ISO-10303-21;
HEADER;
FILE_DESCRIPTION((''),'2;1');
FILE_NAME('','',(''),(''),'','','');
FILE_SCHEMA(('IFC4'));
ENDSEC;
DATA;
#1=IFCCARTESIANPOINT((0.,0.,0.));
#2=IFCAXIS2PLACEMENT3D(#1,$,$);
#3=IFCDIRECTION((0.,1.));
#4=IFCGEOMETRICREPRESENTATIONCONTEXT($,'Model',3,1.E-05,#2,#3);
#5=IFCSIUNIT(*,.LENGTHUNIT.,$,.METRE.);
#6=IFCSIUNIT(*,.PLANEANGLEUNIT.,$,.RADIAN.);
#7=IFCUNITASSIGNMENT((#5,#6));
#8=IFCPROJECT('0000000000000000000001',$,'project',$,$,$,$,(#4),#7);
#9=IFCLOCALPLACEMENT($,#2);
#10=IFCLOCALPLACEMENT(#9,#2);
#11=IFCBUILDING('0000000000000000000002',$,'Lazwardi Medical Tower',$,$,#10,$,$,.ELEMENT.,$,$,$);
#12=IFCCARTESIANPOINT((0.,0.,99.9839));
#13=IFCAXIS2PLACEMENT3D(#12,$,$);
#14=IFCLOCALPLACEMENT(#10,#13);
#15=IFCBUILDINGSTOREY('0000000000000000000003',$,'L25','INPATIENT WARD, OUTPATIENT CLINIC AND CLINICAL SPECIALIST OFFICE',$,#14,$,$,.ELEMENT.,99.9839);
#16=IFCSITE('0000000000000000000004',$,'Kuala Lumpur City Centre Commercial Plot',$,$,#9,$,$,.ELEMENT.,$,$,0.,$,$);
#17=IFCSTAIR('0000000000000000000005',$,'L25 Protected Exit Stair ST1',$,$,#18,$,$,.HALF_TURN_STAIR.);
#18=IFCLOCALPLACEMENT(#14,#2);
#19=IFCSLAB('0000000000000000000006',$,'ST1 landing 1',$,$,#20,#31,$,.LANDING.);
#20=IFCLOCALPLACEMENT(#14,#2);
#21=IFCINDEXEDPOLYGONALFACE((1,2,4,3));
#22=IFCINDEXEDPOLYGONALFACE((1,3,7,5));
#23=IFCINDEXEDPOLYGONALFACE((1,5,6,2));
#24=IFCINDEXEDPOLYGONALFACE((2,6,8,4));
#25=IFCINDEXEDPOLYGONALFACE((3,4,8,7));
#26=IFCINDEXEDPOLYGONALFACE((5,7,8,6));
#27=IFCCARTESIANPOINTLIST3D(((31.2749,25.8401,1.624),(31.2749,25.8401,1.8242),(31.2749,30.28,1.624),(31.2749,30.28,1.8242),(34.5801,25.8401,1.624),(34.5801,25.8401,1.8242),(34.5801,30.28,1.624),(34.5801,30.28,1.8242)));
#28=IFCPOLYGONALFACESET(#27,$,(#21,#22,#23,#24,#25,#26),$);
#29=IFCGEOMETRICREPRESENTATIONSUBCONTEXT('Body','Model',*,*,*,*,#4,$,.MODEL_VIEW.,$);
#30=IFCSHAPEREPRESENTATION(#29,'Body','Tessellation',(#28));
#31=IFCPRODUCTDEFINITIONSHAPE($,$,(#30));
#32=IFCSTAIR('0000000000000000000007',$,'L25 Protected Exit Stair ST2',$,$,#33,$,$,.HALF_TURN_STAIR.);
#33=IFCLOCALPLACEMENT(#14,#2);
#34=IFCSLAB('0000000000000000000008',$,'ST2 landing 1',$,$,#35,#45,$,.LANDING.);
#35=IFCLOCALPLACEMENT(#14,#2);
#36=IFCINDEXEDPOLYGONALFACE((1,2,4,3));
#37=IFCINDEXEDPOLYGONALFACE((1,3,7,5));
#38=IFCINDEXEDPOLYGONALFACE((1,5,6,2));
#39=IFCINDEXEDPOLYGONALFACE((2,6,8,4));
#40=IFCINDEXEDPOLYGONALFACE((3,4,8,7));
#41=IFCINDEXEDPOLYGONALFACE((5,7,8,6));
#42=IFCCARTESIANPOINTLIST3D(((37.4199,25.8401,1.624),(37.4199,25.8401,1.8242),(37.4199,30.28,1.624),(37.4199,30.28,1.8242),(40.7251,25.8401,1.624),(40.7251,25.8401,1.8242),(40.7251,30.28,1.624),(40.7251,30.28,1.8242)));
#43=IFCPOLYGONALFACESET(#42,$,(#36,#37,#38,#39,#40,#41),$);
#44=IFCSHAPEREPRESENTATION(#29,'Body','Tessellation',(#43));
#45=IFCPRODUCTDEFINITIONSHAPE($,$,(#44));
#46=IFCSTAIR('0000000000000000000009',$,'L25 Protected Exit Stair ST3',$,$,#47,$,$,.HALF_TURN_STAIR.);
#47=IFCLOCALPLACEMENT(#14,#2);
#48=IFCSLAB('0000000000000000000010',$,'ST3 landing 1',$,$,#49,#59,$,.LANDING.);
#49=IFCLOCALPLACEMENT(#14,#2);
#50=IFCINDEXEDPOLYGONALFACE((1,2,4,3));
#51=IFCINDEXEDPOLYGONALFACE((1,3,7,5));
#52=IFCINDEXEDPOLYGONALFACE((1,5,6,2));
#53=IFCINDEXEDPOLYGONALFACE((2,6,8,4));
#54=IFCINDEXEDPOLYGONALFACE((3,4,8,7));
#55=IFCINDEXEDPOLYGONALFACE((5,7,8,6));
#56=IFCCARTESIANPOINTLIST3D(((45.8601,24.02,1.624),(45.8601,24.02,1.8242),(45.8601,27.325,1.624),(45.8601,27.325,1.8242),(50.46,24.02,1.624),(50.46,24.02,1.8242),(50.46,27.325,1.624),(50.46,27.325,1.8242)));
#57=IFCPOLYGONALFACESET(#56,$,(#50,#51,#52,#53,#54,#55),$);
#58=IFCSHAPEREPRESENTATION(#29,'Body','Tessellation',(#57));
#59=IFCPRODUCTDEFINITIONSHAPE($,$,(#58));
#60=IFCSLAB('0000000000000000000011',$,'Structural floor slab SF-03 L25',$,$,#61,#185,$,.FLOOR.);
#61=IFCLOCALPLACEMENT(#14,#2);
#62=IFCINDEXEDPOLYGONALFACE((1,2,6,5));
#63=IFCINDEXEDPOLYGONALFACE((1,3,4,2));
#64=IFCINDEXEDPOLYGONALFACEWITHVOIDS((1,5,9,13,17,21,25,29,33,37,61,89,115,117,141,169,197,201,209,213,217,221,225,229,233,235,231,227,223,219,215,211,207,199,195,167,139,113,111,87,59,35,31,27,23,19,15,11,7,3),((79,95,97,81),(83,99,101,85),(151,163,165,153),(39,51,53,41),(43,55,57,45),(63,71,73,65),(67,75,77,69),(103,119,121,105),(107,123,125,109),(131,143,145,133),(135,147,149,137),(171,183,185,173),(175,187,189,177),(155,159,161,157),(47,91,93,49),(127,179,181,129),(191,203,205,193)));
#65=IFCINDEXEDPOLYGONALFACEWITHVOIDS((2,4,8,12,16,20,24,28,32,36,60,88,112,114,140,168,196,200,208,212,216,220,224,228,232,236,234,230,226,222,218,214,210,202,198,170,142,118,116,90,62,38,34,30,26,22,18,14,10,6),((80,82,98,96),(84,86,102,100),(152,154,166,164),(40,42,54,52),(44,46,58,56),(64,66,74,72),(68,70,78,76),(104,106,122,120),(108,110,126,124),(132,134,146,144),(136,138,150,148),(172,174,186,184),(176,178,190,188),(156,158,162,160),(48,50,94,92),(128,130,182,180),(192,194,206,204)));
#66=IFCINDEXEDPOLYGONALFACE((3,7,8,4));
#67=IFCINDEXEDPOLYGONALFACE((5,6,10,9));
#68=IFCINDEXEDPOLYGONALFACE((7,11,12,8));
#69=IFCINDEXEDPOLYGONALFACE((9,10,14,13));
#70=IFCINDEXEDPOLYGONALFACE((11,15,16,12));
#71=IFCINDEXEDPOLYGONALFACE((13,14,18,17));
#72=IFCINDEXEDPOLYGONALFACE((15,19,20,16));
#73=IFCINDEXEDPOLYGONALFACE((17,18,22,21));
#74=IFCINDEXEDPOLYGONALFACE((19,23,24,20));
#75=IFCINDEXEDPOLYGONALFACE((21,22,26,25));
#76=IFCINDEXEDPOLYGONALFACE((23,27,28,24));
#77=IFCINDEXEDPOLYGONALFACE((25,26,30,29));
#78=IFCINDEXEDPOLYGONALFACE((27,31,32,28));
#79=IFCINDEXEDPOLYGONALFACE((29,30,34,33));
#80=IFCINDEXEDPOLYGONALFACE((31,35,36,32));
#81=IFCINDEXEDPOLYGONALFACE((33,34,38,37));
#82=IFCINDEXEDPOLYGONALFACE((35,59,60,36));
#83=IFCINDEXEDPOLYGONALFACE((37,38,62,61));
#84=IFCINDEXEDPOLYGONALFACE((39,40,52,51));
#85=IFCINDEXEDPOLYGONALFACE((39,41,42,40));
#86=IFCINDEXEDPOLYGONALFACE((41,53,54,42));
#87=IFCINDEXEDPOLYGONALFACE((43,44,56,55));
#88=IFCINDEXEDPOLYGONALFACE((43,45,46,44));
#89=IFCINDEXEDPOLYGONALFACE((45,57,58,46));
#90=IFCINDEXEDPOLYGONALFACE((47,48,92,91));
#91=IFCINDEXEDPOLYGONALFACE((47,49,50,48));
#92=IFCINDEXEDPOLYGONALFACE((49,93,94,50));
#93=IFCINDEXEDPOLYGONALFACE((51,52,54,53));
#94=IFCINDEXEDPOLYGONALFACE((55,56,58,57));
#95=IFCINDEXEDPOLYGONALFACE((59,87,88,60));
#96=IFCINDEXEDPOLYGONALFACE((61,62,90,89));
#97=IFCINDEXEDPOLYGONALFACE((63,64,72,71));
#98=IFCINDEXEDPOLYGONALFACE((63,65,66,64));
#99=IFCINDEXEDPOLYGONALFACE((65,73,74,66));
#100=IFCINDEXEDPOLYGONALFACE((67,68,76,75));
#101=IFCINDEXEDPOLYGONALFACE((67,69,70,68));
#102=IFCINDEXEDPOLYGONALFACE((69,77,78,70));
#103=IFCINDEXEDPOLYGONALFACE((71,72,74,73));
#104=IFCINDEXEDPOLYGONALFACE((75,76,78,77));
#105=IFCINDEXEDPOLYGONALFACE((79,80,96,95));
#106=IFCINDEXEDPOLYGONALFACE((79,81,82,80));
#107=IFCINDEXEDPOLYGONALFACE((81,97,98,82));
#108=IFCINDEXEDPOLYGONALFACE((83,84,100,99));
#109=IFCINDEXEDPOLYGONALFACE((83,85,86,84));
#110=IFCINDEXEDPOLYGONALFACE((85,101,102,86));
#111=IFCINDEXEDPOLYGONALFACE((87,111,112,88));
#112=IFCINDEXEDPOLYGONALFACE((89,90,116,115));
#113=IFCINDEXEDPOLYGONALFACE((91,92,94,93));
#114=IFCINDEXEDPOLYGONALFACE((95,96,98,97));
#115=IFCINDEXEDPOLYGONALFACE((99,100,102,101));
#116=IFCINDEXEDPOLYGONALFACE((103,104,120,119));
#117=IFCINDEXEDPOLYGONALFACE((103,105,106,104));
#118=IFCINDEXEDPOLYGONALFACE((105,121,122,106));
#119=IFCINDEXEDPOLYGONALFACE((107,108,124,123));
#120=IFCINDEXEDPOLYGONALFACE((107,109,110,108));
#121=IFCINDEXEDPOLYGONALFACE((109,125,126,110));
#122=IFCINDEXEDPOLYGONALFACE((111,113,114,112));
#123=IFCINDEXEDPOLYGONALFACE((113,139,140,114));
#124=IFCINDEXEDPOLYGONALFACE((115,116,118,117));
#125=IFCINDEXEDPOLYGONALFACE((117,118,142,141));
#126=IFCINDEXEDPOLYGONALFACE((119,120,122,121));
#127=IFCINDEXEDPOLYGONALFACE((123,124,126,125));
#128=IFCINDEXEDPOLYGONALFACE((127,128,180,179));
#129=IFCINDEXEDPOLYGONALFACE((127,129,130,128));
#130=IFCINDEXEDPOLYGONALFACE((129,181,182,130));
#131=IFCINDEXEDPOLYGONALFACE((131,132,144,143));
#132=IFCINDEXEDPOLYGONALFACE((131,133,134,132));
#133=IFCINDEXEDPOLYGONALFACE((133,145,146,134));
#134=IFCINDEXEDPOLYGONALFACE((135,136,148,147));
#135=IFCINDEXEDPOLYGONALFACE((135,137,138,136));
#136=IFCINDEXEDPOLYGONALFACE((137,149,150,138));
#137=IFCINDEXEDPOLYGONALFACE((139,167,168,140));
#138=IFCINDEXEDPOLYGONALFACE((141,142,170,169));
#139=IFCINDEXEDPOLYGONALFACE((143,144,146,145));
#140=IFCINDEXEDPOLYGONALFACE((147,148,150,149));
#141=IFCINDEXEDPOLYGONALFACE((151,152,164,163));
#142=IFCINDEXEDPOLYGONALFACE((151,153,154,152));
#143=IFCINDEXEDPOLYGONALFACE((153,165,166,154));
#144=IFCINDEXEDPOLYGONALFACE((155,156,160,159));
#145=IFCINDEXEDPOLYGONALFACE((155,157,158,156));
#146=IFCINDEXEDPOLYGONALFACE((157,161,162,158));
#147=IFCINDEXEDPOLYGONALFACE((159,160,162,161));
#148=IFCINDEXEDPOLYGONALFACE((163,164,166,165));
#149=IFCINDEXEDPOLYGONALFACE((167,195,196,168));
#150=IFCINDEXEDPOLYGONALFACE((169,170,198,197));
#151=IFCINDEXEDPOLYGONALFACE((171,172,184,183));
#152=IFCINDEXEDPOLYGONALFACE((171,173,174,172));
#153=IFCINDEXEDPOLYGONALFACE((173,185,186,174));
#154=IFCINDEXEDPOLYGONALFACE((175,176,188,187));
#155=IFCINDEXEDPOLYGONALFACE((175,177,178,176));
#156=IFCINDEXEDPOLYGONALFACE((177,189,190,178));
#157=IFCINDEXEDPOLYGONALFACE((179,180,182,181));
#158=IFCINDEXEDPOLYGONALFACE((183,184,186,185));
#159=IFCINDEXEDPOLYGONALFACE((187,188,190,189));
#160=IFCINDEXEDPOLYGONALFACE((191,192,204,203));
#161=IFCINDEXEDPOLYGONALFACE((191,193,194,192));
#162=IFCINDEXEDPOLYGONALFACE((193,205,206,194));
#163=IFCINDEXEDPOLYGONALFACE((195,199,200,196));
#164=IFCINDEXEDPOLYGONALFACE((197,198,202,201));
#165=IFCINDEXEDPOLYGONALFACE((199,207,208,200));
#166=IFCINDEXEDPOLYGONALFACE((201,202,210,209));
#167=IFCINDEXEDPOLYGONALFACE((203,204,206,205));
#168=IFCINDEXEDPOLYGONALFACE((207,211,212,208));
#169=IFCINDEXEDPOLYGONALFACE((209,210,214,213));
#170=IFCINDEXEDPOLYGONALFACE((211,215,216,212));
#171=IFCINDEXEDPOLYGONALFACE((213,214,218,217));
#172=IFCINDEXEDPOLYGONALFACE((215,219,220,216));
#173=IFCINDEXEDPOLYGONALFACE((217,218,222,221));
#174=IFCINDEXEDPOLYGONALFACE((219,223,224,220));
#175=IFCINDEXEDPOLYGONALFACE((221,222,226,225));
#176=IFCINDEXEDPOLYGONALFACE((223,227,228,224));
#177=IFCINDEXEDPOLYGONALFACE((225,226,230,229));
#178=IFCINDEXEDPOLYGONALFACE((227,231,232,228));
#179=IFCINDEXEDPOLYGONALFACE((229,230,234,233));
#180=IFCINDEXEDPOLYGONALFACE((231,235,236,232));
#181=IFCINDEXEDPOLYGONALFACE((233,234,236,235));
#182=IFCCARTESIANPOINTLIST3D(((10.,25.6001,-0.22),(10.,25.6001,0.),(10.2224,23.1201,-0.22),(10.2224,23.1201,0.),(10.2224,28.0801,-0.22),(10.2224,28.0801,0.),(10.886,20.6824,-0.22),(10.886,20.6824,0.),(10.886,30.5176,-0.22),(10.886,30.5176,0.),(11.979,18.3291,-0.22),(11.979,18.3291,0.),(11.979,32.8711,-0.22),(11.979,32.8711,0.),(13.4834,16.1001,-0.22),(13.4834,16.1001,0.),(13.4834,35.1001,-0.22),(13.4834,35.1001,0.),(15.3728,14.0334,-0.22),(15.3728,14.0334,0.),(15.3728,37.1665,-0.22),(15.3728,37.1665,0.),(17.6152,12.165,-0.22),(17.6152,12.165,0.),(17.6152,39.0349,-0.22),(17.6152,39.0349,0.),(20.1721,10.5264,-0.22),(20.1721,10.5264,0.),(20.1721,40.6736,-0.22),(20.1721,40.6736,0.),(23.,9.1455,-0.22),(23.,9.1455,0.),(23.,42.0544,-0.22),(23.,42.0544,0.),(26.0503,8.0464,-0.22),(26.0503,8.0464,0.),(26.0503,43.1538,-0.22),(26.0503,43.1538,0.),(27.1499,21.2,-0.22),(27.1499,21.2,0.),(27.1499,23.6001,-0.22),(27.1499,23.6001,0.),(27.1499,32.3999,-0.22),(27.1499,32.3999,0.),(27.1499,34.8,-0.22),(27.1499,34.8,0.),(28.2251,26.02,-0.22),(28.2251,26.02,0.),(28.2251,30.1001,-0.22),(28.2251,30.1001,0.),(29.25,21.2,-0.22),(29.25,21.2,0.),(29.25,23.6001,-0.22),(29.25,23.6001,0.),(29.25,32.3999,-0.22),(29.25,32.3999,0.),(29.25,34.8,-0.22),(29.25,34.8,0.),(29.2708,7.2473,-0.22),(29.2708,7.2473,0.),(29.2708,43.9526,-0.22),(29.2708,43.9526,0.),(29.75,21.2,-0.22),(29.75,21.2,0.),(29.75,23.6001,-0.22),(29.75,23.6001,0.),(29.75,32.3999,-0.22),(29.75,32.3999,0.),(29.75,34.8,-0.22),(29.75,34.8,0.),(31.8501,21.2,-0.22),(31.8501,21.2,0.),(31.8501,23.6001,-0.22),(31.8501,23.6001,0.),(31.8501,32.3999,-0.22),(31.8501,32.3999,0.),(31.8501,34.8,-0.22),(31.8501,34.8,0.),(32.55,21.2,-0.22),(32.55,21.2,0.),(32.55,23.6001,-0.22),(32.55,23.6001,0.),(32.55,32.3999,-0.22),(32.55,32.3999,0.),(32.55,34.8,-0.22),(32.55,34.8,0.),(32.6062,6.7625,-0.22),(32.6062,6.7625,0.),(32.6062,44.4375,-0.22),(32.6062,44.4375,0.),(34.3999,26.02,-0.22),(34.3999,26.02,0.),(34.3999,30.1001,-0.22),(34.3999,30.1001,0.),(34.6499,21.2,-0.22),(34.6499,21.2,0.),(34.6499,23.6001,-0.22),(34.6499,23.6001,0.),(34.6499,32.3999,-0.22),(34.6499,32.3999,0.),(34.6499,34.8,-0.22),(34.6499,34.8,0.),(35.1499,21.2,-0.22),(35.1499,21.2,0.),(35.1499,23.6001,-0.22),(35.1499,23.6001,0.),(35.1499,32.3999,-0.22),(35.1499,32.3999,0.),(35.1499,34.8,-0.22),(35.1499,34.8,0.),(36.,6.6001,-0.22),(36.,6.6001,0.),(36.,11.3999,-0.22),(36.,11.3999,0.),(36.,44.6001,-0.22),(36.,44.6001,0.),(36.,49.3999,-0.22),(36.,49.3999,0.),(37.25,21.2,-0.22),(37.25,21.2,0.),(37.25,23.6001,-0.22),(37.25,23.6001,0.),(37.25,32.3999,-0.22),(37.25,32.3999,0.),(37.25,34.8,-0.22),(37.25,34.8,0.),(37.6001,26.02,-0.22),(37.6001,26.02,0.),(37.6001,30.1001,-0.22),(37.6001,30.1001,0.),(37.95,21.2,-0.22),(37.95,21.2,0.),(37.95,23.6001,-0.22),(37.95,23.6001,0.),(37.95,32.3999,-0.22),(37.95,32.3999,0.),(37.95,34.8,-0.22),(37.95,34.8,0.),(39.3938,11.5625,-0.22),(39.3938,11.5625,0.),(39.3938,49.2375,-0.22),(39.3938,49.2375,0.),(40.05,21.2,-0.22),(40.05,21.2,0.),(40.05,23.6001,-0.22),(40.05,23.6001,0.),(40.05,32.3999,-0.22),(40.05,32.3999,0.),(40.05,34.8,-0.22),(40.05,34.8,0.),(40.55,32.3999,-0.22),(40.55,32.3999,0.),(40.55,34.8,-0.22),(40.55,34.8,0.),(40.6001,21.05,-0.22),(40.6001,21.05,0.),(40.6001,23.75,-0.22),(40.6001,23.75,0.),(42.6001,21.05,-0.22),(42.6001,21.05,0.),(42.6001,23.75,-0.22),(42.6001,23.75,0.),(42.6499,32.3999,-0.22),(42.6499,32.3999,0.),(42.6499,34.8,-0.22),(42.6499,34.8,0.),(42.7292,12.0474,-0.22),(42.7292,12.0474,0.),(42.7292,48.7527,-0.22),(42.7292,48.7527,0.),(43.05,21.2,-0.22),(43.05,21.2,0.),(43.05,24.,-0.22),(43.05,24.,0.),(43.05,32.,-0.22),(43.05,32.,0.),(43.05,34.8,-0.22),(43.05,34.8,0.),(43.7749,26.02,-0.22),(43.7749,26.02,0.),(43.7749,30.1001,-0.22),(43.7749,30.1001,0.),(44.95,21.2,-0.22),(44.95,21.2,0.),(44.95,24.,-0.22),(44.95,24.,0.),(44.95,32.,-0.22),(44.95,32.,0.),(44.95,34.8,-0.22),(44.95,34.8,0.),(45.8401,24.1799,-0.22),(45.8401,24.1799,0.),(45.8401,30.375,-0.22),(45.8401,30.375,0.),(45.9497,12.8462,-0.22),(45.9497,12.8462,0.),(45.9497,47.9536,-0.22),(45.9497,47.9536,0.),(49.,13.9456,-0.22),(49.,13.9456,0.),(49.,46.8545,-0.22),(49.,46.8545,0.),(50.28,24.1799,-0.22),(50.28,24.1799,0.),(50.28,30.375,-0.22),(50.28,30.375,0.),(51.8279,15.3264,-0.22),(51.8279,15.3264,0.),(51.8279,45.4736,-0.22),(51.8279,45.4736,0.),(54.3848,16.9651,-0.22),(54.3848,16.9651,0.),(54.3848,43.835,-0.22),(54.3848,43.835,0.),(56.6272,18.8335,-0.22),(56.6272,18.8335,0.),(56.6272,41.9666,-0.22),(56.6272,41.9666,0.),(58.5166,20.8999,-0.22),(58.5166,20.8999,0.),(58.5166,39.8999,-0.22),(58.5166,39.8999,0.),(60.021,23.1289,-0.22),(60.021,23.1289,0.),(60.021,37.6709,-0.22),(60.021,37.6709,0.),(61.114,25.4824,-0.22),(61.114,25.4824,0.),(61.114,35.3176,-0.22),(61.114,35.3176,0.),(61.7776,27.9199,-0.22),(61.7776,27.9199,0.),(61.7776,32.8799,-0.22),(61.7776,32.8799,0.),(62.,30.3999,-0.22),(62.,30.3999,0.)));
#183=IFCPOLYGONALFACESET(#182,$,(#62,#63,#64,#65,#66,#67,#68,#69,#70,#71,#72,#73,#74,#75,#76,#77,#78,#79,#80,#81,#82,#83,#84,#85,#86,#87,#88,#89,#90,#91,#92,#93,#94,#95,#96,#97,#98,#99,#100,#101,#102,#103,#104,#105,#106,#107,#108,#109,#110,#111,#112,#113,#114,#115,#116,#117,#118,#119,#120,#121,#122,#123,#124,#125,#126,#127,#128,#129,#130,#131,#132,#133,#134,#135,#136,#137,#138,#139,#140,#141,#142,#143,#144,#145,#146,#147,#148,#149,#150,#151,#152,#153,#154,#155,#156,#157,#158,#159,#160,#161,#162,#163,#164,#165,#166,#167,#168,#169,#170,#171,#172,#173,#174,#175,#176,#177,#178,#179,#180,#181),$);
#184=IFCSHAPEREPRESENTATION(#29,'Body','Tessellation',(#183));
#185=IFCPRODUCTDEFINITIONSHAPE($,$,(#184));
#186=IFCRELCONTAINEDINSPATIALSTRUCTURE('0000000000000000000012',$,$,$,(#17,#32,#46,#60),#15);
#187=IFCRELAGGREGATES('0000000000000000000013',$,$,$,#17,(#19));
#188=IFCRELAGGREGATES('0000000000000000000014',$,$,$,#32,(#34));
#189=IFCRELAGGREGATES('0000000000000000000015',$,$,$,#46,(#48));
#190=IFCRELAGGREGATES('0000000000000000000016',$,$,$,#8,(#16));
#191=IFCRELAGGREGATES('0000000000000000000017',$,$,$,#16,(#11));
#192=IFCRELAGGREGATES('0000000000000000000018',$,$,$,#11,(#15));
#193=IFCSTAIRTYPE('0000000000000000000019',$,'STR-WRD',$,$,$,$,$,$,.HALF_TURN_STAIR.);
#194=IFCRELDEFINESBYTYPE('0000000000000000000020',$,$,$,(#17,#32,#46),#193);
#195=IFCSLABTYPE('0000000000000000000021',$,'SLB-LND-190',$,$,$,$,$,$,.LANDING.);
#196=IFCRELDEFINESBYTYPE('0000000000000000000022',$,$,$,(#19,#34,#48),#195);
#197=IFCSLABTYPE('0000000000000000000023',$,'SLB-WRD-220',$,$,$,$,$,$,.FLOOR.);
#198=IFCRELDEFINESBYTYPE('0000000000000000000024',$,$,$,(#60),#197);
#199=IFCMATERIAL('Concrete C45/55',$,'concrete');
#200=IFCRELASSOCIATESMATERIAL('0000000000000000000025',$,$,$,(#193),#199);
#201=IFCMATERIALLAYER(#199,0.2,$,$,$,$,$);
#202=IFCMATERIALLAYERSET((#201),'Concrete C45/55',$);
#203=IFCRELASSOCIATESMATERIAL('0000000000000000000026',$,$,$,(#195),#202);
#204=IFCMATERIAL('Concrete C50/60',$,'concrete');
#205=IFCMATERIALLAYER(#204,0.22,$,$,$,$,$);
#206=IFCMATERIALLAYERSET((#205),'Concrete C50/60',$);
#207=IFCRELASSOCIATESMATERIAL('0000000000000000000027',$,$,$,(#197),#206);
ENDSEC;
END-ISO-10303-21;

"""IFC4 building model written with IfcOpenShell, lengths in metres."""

from ifc_helpers import new_model, si_unit, direction, frame, origin, place, context, subcontext, project, spatial, polyline, outline, extrude, material, layer, layer_set, type_object, element, aggregate, save


model = new_model("IFC4")

# Units and contexts
model_context = context("Model", 3, precision=1e-05, world=origin(), true_north=direction((0.0, 1.0)))
body_context = subcontext(model_context, "Body", "Model", "MODEL_VIEW")
ifc_project = project(units=[si_unit("LENGTHUNIT", "METRE"), si_unit("PLANEANGLEUNIT", "RADIAN")], contexts=[model_context])

# Site, building, storey
site_placement = place(None, origin())
site = spatial("IfcSite", under=ifc_project, at=site_placement, Name="Kuala Lumpur City Centre Commercial Plot", CompositionType="ELEMENT", RefElevation=0.0)
building_placement = place(site_placement, origin())
building = spatial("IfcBuilding", under=site, at=building_placement, Name="Lazwardi Medical Tower", CompositionType="ELEMENT")
storey_placement = place(building_placement, frame((0.0, 0.0, 99.9839)))
storey = spatial("IfcBuildingStorey", under=building, at=storey_placement, Name="L25", Description="INPATIENT WARD, OUTPATIENT CLINIC AND CLINICAL SPECIALIST OFFICE", CompositionType="ELEMENT", Elevation=99.9839)

# Stairs, slabs
ifc_material_1 = material(Name="Concrete C45/55", Category="concrete")
stair_type = type_object("IfcStairType", Name="STR-WRD", PredefinedType="HALF_TURN_STAIR", material=ifc_material_1)
stair_1_placement = place(storey_placement, origin())
stair_1 = element("IfcStair", 1, at=stair_1_placement, inside=storey, type_object=stair_type, Name="L25 Protected Exit Stair ST1", PredefinedType="HALF_TURN_STAIR")
ifc_layer_1 = layer(ifc_material_1, 0.2)
ifc_layer_set_1 = layer_set([ifc_layer_1], Name="Concrete C45/55")
slab_type_1 = type_object("IfcSlabType", Name="SLB-LND-190", PredefinedType="LANDING", material=ifc_layer_set_1)
slab_1_placement = place(storey_placement, frame((0.0, 0.0, 1.624)))
slab_1 = element("IfcSlab", 2, at=slab_1_placement, type_object=slab_type_1, Name="ST1 landing 1", PredefinedType="LANDING", context=body_context, shape_type="SweptSolid", body=[
    extrude(outline(polyline([(31.2749, 25.8401), (34.5801, 25.8401), (34.5801, 30.28), (31.2749, 30.28), (31.2749, 25.8401)])), origin(), (0.0, 0.0, 1.0), 0.2002),
])
aggregate(stair_1, [slab_1])
stair_2_placement = place(storey_placement, origin())
stair_2 = element("IfcStair", 3, at=stair_2_placement, inside=storey, type_object=stair_type, Name="L25 Protected Exit Stair ST2", PredefinedType="HALF_TURN_STAIR")
slab_2_placement = place(storey_placement, frame((0.0, 0.0, 1.624)))
slab_2 = element("IfcSlab", 4, at=slab_2_placement, type_object=slab_type_1, Name="ST2 landing 1", PredefinedType="LANDING", context=body_context, shape_type="SweptSolid", body=[
    extrude(outline(polyline([(40.7251, 30.28), (37.4199, 30.28), (37.4199, 25.8401), (40.7251, 25.8401), (40.7251, 30.28)])), origin(), (0.0, 0.0, 1.0), 0.2002),
])
aggregate(stair_2, [slab_2])
stair_3_placement = place(storey_placement, origin())
stair_3 = element("IfcStair", 5, at=stair_3_placement, inside=storey, type_object=stair_type, Name="L25 Protected Exit Stair ST3", PredefinedType="HALF_TURN_STAIR")
slab_3_placement = place(storey_placement, frame((0.0, 0.0, 1.624)))
slab_3 = element("IfcSlab", 6, at=slab_3_placement, type_object=slab_type_1, Name="ST3 landing 1", PredefinedType="LANDING", context=body_context, shape_type="SweptSolid", body=[
    extrude(outline(polyline([(45.8601, 27.325), (45.8601, 24.02), (50.46, 24.02), (50.46, 27.325), (45.8601, 27.325)])), origin(), (0.0, 0.0, 1.0), 0.2002),
])
aggregate(stair_3, [slab_3])

# Slab
ifc_material_2 = material(Name="Concrete C50/60", Category="concrete")
ifc_layer_2 = layer(ifc_material_2, 0.22)
ifc_layer_set_2 = layer_set([ifc_layer_2], Name="Concrete C50/60")
slab_type_2 = type_object("IfcSlabType", Name="SLB-WRD-220", PredefinedType="FLOOR", material=ifc_layer_set_2)
slab_4_placement = place(storey_placement, frame((0.0, 0.0, -0.22)))
element("IfcSlab", 7, at=slab_4_placement, inside=storey, type_object=slab_type_2, Name="Structural floor slab SF-03 L25", PredefinedType="FLOOR", context=body_context, shape_type="SweptSolid", body=[
    extrude(outline(polyline([(11.979, 32.8711), (10.886, 30.5176), (10.2224, 28.0801), (10.0, 25.6001), (10.2224, 23.1201), (10.886, 20.6824), (11.979, 18.3291), (13.4834, 16.1001), (15.3728, 14.0334), (17.6152, 12.165), (20.1721, 10.5264), (23.0, 9.1455), (26.0503, 8.0464), (29.2708, 7.2473), (32.6062, 6.7625), (36.0, 6.6001), (36.0, 11.3999), (39.3938, 11.5625), (42.7292, 12.0474), (45.9497, 12.8462), (49.0, 13.9456), (51.8279, 15.3264), (54.3848, 16.9651), (56.6272, 18.8335), (58.5166, 20.8999), (60.021, 23.1289), (61.114, 25.4824), (61.7776, 27.9199), (62.0, 30.3999), (61.7776, 32.8799), (61.114, 35.3176), (60.021, 37.6709), (58.5166, 39.8999), (56.6272, 41.9666), (54.3848, 43.835), (51.8279, 45.4736), (49.0, 46.8545), (45.9497, 47.9536), (42.7292, 48.7527), (39.3938, 49.2375), (36.0, 49.3999), (36.0, 44.6001), (32.6062, 44.4375), (29.2708, 43.9526), (26.0503, 43.1538), (23.0, 42.0544), (20.1721, 40.6736), (17.6152, 39.0349), (15.3728, 37.1665), (13.4834, 35.1001), (11.979, 32.8711)]), holes=[polyline([(28.2251, 26.02), (28.2251, 30.1001), (34.3999, 30.1001), (34.3999, 26.02), (28.2251, 26.02)]), polyline([(37.6001, 30.1001), (43.7749, 30.1001), (43.7749, 26.02), (37.6001, 26.02), (37.6001, 30.1001)]), polyline([(50.28, 30.375), (50.28, 24.1799), (45.8401, 24.1799), (45.8401, 30.375), (50.28, 30.375)]), polyline([(29.25, 32.3999), (27.1499, 32.3999), (27.1499, 34.8), (29.25, 34.8), (29.25, 32.3999)]), polyline([(29.75, 32.3999), (29.75, 34.8), (31.8501, 34.8), (31.8501, 32.3999), (29.75, 32.3999)]), polyline([(27.1499, 23.6001), (29.25, 23.6001), (29.25, 21.2), (27.1499, 21.2), (27.1499, 23.6001)]), polyline([(31.8501, 23.6001), (31.8501, 21.2), (29.75, 21.2), (29.75, 23.6001), (31.8501, 23.6001)]), polyline([(34.6499, 32.3999), (32.55, 32.3999), (32.55, 34.8), (34.6499, 34.8), (34.6499, 32.3999)]), polyline([(35.1499, 32.3999), (35.1499, 34.8), (37.25, 34.8), (37.25, 32.3999), (35.1499, 32.3999)]), polyline([(32.55, 23.6001), (34.6499, 23.6001), (34.6499, 21.2), (32.55, 21.2), (32.55, 23.6001)]), polyline([(37.25, 23.6001), (37.25, 21.2), (35.1499, 21.2), (35.1499, 23.6001), (37.25, 23.6001)]), polyline([(40.05, 32.3999), (37.95, 32.3999), (37.95, 34.8), (40.05, 34.8), (40.05, 32.3999)]), polyline([(40.55, 32.3999), (40.55, 34.8), (42.6499, 34.8), (42.6499, 32.3999), (40.55, 32.3999)]), polyline([(37.95, 23.6001), (40.05, 23.6001), (40.05, 21.2), (37.95, 21.2), (37.95, 23.6001)]), polyline([(44.95, 34.8), (44.95, 32.0), (43.05, 32.0), (43.05, 34.8), (44.95, 34.8)]), polyline([(44.95, 21.2), (43.05, 21.2), (43.05, 24.0), (44.95, 24.0), (44.95, 21.2)]), polyline([(40.6001, 21.05), (40.6001, 23.75), (42.6001, 23.75), (42.6001, 21.05), (40.6001, 21.05)])]), origin(), (0.0, 0.0, 1.0), 0.22),
])

save(model, "model.ifc")
